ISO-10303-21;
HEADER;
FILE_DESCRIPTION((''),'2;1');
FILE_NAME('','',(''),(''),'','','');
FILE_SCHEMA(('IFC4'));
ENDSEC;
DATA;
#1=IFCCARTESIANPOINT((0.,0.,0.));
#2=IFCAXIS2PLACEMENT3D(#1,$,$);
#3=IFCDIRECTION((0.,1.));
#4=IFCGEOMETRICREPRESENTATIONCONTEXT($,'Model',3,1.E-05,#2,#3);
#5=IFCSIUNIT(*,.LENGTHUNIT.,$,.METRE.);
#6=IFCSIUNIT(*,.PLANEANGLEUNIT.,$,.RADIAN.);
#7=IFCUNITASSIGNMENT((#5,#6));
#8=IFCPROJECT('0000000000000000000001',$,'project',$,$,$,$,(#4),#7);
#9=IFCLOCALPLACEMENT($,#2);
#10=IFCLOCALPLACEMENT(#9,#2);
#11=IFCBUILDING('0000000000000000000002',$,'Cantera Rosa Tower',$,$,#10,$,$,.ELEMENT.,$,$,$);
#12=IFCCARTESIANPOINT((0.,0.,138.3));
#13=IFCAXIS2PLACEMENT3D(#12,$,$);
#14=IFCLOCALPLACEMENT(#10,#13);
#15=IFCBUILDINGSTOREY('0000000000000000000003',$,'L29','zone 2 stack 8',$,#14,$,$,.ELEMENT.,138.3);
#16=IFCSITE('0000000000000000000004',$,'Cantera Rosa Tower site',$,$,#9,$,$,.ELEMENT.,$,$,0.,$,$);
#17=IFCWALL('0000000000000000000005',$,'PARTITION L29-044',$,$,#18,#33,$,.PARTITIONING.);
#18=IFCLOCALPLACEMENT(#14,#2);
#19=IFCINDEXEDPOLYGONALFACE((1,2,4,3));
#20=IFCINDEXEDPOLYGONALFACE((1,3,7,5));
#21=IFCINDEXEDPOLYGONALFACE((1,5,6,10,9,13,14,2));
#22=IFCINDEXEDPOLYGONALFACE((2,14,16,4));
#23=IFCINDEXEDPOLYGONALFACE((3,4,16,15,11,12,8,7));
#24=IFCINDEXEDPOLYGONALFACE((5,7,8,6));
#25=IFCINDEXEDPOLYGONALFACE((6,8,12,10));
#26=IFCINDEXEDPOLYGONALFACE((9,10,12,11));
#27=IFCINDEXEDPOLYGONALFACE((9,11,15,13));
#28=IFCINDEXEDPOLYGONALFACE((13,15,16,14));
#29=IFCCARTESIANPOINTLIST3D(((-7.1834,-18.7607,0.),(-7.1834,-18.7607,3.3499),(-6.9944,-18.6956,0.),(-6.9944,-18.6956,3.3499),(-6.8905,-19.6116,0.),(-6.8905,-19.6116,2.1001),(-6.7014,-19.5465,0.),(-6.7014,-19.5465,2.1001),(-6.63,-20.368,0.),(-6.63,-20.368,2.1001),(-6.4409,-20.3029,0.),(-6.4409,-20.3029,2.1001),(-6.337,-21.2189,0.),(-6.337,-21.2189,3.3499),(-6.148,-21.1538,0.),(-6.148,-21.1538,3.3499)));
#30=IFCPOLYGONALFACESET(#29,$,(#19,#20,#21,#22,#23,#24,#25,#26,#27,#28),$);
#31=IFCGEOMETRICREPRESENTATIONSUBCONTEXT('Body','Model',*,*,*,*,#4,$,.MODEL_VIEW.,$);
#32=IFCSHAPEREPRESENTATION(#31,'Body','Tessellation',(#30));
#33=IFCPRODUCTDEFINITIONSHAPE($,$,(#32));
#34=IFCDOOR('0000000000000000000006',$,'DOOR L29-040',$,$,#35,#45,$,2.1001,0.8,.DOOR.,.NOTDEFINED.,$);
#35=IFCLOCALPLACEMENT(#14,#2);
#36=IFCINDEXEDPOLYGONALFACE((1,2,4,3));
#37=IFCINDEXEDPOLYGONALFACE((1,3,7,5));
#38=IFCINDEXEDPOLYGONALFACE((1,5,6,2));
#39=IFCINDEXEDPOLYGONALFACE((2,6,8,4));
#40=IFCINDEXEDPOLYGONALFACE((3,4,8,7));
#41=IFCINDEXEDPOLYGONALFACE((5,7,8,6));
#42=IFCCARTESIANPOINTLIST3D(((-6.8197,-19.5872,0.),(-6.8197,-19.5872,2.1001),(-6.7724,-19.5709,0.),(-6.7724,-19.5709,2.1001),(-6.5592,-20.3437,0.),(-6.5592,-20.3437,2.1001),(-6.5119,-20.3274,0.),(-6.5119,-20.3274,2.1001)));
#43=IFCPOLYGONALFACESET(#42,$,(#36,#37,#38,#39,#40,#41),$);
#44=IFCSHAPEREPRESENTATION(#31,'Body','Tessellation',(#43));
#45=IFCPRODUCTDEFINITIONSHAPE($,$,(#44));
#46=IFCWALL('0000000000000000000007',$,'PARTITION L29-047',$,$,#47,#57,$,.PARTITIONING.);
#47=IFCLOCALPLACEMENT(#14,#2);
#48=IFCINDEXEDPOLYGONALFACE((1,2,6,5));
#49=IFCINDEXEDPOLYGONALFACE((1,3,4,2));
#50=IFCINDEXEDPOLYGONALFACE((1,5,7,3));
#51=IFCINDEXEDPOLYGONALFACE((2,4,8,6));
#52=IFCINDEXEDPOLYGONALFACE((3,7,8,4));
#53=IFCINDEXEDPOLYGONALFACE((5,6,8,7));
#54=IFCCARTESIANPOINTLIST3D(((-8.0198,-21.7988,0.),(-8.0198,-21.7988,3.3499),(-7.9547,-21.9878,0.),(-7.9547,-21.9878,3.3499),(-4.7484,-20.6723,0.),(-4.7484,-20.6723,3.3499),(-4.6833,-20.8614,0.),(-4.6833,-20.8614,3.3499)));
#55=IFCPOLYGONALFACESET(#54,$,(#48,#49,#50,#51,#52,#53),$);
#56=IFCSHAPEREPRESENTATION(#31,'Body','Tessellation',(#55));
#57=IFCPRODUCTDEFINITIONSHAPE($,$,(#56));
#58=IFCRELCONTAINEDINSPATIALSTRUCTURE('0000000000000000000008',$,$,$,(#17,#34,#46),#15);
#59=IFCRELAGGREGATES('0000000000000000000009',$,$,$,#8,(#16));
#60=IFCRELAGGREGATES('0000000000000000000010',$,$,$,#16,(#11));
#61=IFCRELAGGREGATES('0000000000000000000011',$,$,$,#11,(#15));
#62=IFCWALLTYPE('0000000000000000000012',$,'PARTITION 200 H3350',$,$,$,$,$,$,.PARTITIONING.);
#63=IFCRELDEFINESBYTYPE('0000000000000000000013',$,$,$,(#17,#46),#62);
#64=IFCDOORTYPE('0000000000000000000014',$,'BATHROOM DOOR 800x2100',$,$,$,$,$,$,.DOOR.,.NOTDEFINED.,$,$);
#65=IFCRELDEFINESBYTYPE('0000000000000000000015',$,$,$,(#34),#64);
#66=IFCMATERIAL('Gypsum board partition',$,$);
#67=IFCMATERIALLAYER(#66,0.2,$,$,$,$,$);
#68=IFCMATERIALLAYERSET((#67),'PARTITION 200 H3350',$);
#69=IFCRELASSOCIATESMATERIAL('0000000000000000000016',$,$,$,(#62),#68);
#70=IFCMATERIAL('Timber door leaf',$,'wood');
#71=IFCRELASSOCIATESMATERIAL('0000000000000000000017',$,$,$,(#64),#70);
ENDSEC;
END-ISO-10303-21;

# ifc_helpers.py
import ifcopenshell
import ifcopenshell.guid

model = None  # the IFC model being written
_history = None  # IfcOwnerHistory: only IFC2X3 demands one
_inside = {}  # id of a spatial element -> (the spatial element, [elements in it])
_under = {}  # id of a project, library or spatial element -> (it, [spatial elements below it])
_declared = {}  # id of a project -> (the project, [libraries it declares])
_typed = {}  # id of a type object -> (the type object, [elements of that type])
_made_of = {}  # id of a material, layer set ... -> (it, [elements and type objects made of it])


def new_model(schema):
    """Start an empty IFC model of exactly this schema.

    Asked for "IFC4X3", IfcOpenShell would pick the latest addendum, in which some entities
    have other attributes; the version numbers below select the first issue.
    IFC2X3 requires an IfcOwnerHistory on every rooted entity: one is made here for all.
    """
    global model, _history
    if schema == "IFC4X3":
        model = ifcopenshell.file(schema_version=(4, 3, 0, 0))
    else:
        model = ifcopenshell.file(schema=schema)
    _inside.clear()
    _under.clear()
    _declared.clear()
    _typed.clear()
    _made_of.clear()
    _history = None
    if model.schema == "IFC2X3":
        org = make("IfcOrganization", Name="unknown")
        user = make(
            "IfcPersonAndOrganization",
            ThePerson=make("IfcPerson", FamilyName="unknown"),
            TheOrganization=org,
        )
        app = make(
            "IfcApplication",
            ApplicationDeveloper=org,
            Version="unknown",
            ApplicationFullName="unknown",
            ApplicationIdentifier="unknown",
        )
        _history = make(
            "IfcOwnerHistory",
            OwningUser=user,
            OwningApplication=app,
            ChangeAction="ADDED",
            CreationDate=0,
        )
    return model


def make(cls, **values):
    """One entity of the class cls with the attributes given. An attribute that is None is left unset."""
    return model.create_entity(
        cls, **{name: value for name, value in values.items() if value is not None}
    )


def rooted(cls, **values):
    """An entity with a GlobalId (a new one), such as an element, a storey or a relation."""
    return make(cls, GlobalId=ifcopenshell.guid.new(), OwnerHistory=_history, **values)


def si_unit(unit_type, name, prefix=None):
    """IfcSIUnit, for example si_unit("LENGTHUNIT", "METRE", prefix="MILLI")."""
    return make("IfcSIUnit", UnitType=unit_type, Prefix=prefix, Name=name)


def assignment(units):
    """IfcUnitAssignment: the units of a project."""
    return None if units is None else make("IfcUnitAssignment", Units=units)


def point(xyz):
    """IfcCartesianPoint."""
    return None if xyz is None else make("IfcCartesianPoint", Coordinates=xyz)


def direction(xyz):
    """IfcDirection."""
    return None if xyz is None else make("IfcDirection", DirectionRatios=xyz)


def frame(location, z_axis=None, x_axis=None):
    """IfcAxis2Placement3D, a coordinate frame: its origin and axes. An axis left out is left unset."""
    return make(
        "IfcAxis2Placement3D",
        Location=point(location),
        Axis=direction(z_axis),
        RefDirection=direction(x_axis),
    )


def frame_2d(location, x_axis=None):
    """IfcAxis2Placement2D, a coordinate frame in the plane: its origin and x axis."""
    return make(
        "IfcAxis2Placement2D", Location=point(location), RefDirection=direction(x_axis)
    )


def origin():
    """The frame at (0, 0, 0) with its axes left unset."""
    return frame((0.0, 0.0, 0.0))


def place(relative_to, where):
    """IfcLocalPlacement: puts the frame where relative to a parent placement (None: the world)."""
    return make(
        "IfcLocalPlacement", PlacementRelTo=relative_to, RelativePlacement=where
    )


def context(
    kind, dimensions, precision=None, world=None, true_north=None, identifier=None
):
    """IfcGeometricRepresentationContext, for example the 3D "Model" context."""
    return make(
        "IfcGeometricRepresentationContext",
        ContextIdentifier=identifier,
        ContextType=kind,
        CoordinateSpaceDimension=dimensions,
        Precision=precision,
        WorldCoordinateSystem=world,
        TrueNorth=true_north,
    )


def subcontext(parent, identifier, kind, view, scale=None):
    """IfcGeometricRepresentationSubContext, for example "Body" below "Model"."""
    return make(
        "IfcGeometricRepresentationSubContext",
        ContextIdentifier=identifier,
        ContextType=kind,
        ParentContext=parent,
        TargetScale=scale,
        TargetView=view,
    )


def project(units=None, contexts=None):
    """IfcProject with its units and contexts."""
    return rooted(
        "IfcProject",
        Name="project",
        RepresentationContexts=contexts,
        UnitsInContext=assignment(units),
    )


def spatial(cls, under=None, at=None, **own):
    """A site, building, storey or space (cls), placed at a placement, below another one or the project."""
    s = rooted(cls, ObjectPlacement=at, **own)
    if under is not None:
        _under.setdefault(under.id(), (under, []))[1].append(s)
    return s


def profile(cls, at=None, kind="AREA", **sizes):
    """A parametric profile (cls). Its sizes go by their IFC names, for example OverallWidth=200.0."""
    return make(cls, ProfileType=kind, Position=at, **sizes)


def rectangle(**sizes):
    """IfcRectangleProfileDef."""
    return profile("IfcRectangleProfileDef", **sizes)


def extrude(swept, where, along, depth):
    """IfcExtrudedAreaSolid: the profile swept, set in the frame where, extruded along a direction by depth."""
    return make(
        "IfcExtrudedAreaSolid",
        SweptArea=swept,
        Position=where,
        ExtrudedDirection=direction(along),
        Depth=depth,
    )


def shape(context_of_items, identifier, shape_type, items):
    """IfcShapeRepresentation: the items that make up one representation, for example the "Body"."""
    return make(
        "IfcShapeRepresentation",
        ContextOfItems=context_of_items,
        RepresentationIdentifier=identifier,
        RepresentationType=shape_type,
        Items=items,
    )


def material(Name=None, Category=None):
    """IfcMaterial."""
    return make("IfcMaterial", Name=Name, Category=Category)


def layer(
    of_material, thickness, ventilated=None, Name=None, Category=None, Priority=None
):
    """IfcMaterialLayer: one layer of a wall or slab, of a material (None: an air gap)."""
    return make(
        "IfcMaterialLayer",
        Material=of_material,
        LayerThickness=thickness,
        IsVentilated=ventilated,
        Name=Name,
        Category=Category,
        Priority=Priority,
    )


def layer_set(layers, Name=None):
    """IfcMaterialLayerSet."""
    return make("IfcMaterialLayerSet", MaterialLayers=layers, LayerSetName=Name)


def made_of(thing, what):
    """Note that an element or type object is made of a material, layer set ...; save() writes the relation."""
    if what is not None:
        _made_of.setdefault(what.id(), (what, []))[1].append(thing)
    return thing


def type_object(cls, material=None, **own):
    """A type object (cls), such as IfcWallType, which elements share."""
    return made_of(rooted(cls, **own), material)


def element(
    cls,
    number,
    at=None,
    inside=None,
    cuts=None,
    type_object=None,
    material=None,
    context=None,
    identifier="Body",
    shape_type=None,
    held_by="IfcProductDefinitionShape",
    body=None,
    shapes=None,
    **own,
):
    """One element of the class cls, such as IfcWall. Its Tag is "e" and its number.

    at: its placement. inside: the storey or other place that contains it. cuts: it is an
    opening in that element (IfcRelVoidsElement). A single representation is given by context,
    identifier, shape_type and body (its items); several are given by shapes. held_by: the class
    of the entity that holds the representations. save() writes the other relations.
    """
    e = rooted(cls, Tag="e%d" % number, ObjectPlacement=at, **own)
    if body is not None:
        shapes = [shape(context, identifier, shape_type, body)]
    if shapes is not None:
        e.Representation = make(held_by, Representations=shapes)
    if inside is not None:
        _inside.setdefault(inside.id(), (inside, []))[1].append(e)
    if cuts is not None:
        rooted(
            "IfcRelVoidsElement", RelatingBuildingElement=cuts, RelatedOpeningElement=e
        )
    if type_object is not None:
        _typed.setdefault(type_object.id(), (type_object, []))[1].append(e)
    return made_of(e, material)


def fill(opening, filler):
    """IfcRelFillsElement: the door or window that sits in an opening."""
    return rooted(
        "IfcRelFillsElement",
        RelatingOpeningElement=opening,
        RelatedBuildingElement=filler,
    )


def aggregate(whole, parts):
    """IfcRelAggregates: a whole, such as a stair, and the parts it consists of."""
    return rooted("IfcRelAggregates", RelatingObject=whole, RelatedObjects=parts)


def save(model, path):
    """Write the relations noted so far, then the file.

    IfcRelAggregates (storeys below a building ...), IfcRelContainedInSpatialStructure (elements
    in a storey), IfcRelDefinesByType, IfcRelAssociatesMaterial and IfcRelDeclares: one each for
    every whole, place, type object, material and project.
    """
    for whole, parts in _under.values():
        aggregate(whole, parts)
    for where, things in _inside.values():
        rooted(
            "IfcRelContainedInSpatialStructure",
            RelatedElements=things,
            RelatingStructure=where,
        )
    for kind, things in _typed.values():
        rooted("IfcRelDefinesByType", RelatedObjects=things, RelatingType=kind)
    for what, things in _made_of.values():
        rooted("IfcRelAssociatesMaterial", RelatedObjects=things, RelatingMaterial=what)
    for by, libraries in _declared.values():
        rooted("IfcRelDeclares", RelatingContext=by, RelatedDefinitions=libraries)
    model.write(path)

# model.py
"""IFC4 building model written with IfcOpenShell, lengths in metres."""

from ifc_helpers import new_model, si_unit, direction, frame, frame_2d, origin, place, context, subcontext, project, spatial, rectangle, extrude, material, layer, layer_set, type_object, element, fill, save


model = new_model("IFC4")

# Units and contexts
model_context = context("Model", 3, precision=1e-05, world=origin(), true_north=direction((0.0, 1.0)))
body_context = subcontext(model_context, "Body", "Model", "MODEL_VIEW")
ifc_project = project(units=[si_unit("LENGTHUNIT", "METRE"), si_unit("PLANEANGLEUNIT", "RADIAN")], contexts=[model_context])

# Site, building, storey
site_placement = place(None, origin())
site = spatial("IfcSite", under=ifc_project, at=site_placement, Name="Cantera Rosa Tower site", CompositionType="ELEMENT", RefElevation=0.0)
building_placement = place(site_placement, origin())
building = spatial("IfcBuilding", under=site, at=building_placement, Name="Cantera Rosa Tower", CompositionType="ELEMENT")
storey_placement = place(building_placement, frame((0.0, 0.0, 138.3)))
storey = spatial("IfcBuildingStorey", under=building, at=storey_placement, Name="L29", Description="zone 2 stack 8", CompositionType="ELEMENT", Elevation=138.3)

# Shared definitions
ifc_material_1 = material(Name="Gypsum board partition")
ifc_layer_1 = layer(ifc_material_1, 0.2)
ifc_layer_set_1 = layer_set([ifc_layer_1], Name="PARTITION 200 H3350")
wall_type_1 = type_object("IfcWallType", Name="PARTITION 200 H3350", PredefinedType="PARTITIONING", material=ifc_layer_set_1)

# Wall, opening, door
wall_1_placement = place(storey_placement, frame((-7.0889, -18.7283, 0.0), z_axis=(0.0, 0.0, 1.0), x_axis=(0.325565, -0.94552, 0.0)))
wall_1 = element("IfcWall", 1, at=wall_1_placement, inside=storey, type_object=wall_type_1, Name="PARTITION L29-044", PredefinedType="PARTITIONING", context=body_context, shape_type="SweptSolid", body=[
    extrude(rectangle(XDim=2.5999, YDim=0.2, at=frame_2d((1.2998, 0.0))), origin(), (0.0, 0.0, 1.0), 3.3499),
])
opening_1_placement = place(wall_1_placement, frame((0.8999, 0.0, 0.0)))
opening_1 = element("IfcOpeningElement", 2, at=opening_1_placement, cuts=wall_1, PredefinedType="OPENING", context=body_context, shape_type="SweptSolid", body=[
    extrude(rectangle(XDim=0.8, YDim=2.1001, at=frame_2d((0.3999, 1.05))), frame((0.0, 0.1099, 0.0), z_axis=(0.0, -1.0, 0.0), x_axis=(1.0, 0.0, 0.0)), (0.0, 0.0, 1.0), 0.22),
])
ifc_material_2 = material(Name="Timber door leaf", Category="wood")
door_type_1 = type_object("IfcDoorType", Name="BATHROOM DOOR 800x2100", OperationType="NOTDEFINED", PredefinedType="DOOR", material=ifc_material_2)
door_1_placement = place(opening_1_placement, origin())
door_1 = element("IfcDoor", 3, at=door_1_placement, inside=storey, type_object=door_type_1, Name="DOOR L29-040", OperationType="NOTDEFINED", OverallHeight=2.1001, OverallWidth=0.8, PredefinedType="DOOR", context=body_context, shape_type="SweptSolid", body=[
    extrude(rectangle(XDim=0.8, YDim=2.1001, at=frame_2d((0.3999, 1.05))), frame((0.0, 0.0249, 0.0), z_axis=(0.0, -1.0, 0.0), x_axis=(1.0, 0.0, 0.0)), (0.0, 0.0, 1.0), 0.05),
])
fill(opening_1, door_1)

# Wall
wall_2_placement = place(storey_placement, frame((-4.7158, -20.7668, 0.0), z_axis=(0.0, 0.0, 1.0), x_axis=(-0.945518, -0.325569, 0.0)))
element("IfcWall", 4, at=wall_2_placement, inside=storey, type_object=wall_type_1, Name="PARTITION L29-047", PredefinedType="PARTITIONING", context=body_context, shape_type="SweptSolid", body=[
    extrude(rectangle(XDim=3.46, YDim=0.2, at=frame_2d((1.73, 0.0))), origin(), (0.0, 0.0, 1.0), 3.3499),
])

save(model, "model.ifc")
